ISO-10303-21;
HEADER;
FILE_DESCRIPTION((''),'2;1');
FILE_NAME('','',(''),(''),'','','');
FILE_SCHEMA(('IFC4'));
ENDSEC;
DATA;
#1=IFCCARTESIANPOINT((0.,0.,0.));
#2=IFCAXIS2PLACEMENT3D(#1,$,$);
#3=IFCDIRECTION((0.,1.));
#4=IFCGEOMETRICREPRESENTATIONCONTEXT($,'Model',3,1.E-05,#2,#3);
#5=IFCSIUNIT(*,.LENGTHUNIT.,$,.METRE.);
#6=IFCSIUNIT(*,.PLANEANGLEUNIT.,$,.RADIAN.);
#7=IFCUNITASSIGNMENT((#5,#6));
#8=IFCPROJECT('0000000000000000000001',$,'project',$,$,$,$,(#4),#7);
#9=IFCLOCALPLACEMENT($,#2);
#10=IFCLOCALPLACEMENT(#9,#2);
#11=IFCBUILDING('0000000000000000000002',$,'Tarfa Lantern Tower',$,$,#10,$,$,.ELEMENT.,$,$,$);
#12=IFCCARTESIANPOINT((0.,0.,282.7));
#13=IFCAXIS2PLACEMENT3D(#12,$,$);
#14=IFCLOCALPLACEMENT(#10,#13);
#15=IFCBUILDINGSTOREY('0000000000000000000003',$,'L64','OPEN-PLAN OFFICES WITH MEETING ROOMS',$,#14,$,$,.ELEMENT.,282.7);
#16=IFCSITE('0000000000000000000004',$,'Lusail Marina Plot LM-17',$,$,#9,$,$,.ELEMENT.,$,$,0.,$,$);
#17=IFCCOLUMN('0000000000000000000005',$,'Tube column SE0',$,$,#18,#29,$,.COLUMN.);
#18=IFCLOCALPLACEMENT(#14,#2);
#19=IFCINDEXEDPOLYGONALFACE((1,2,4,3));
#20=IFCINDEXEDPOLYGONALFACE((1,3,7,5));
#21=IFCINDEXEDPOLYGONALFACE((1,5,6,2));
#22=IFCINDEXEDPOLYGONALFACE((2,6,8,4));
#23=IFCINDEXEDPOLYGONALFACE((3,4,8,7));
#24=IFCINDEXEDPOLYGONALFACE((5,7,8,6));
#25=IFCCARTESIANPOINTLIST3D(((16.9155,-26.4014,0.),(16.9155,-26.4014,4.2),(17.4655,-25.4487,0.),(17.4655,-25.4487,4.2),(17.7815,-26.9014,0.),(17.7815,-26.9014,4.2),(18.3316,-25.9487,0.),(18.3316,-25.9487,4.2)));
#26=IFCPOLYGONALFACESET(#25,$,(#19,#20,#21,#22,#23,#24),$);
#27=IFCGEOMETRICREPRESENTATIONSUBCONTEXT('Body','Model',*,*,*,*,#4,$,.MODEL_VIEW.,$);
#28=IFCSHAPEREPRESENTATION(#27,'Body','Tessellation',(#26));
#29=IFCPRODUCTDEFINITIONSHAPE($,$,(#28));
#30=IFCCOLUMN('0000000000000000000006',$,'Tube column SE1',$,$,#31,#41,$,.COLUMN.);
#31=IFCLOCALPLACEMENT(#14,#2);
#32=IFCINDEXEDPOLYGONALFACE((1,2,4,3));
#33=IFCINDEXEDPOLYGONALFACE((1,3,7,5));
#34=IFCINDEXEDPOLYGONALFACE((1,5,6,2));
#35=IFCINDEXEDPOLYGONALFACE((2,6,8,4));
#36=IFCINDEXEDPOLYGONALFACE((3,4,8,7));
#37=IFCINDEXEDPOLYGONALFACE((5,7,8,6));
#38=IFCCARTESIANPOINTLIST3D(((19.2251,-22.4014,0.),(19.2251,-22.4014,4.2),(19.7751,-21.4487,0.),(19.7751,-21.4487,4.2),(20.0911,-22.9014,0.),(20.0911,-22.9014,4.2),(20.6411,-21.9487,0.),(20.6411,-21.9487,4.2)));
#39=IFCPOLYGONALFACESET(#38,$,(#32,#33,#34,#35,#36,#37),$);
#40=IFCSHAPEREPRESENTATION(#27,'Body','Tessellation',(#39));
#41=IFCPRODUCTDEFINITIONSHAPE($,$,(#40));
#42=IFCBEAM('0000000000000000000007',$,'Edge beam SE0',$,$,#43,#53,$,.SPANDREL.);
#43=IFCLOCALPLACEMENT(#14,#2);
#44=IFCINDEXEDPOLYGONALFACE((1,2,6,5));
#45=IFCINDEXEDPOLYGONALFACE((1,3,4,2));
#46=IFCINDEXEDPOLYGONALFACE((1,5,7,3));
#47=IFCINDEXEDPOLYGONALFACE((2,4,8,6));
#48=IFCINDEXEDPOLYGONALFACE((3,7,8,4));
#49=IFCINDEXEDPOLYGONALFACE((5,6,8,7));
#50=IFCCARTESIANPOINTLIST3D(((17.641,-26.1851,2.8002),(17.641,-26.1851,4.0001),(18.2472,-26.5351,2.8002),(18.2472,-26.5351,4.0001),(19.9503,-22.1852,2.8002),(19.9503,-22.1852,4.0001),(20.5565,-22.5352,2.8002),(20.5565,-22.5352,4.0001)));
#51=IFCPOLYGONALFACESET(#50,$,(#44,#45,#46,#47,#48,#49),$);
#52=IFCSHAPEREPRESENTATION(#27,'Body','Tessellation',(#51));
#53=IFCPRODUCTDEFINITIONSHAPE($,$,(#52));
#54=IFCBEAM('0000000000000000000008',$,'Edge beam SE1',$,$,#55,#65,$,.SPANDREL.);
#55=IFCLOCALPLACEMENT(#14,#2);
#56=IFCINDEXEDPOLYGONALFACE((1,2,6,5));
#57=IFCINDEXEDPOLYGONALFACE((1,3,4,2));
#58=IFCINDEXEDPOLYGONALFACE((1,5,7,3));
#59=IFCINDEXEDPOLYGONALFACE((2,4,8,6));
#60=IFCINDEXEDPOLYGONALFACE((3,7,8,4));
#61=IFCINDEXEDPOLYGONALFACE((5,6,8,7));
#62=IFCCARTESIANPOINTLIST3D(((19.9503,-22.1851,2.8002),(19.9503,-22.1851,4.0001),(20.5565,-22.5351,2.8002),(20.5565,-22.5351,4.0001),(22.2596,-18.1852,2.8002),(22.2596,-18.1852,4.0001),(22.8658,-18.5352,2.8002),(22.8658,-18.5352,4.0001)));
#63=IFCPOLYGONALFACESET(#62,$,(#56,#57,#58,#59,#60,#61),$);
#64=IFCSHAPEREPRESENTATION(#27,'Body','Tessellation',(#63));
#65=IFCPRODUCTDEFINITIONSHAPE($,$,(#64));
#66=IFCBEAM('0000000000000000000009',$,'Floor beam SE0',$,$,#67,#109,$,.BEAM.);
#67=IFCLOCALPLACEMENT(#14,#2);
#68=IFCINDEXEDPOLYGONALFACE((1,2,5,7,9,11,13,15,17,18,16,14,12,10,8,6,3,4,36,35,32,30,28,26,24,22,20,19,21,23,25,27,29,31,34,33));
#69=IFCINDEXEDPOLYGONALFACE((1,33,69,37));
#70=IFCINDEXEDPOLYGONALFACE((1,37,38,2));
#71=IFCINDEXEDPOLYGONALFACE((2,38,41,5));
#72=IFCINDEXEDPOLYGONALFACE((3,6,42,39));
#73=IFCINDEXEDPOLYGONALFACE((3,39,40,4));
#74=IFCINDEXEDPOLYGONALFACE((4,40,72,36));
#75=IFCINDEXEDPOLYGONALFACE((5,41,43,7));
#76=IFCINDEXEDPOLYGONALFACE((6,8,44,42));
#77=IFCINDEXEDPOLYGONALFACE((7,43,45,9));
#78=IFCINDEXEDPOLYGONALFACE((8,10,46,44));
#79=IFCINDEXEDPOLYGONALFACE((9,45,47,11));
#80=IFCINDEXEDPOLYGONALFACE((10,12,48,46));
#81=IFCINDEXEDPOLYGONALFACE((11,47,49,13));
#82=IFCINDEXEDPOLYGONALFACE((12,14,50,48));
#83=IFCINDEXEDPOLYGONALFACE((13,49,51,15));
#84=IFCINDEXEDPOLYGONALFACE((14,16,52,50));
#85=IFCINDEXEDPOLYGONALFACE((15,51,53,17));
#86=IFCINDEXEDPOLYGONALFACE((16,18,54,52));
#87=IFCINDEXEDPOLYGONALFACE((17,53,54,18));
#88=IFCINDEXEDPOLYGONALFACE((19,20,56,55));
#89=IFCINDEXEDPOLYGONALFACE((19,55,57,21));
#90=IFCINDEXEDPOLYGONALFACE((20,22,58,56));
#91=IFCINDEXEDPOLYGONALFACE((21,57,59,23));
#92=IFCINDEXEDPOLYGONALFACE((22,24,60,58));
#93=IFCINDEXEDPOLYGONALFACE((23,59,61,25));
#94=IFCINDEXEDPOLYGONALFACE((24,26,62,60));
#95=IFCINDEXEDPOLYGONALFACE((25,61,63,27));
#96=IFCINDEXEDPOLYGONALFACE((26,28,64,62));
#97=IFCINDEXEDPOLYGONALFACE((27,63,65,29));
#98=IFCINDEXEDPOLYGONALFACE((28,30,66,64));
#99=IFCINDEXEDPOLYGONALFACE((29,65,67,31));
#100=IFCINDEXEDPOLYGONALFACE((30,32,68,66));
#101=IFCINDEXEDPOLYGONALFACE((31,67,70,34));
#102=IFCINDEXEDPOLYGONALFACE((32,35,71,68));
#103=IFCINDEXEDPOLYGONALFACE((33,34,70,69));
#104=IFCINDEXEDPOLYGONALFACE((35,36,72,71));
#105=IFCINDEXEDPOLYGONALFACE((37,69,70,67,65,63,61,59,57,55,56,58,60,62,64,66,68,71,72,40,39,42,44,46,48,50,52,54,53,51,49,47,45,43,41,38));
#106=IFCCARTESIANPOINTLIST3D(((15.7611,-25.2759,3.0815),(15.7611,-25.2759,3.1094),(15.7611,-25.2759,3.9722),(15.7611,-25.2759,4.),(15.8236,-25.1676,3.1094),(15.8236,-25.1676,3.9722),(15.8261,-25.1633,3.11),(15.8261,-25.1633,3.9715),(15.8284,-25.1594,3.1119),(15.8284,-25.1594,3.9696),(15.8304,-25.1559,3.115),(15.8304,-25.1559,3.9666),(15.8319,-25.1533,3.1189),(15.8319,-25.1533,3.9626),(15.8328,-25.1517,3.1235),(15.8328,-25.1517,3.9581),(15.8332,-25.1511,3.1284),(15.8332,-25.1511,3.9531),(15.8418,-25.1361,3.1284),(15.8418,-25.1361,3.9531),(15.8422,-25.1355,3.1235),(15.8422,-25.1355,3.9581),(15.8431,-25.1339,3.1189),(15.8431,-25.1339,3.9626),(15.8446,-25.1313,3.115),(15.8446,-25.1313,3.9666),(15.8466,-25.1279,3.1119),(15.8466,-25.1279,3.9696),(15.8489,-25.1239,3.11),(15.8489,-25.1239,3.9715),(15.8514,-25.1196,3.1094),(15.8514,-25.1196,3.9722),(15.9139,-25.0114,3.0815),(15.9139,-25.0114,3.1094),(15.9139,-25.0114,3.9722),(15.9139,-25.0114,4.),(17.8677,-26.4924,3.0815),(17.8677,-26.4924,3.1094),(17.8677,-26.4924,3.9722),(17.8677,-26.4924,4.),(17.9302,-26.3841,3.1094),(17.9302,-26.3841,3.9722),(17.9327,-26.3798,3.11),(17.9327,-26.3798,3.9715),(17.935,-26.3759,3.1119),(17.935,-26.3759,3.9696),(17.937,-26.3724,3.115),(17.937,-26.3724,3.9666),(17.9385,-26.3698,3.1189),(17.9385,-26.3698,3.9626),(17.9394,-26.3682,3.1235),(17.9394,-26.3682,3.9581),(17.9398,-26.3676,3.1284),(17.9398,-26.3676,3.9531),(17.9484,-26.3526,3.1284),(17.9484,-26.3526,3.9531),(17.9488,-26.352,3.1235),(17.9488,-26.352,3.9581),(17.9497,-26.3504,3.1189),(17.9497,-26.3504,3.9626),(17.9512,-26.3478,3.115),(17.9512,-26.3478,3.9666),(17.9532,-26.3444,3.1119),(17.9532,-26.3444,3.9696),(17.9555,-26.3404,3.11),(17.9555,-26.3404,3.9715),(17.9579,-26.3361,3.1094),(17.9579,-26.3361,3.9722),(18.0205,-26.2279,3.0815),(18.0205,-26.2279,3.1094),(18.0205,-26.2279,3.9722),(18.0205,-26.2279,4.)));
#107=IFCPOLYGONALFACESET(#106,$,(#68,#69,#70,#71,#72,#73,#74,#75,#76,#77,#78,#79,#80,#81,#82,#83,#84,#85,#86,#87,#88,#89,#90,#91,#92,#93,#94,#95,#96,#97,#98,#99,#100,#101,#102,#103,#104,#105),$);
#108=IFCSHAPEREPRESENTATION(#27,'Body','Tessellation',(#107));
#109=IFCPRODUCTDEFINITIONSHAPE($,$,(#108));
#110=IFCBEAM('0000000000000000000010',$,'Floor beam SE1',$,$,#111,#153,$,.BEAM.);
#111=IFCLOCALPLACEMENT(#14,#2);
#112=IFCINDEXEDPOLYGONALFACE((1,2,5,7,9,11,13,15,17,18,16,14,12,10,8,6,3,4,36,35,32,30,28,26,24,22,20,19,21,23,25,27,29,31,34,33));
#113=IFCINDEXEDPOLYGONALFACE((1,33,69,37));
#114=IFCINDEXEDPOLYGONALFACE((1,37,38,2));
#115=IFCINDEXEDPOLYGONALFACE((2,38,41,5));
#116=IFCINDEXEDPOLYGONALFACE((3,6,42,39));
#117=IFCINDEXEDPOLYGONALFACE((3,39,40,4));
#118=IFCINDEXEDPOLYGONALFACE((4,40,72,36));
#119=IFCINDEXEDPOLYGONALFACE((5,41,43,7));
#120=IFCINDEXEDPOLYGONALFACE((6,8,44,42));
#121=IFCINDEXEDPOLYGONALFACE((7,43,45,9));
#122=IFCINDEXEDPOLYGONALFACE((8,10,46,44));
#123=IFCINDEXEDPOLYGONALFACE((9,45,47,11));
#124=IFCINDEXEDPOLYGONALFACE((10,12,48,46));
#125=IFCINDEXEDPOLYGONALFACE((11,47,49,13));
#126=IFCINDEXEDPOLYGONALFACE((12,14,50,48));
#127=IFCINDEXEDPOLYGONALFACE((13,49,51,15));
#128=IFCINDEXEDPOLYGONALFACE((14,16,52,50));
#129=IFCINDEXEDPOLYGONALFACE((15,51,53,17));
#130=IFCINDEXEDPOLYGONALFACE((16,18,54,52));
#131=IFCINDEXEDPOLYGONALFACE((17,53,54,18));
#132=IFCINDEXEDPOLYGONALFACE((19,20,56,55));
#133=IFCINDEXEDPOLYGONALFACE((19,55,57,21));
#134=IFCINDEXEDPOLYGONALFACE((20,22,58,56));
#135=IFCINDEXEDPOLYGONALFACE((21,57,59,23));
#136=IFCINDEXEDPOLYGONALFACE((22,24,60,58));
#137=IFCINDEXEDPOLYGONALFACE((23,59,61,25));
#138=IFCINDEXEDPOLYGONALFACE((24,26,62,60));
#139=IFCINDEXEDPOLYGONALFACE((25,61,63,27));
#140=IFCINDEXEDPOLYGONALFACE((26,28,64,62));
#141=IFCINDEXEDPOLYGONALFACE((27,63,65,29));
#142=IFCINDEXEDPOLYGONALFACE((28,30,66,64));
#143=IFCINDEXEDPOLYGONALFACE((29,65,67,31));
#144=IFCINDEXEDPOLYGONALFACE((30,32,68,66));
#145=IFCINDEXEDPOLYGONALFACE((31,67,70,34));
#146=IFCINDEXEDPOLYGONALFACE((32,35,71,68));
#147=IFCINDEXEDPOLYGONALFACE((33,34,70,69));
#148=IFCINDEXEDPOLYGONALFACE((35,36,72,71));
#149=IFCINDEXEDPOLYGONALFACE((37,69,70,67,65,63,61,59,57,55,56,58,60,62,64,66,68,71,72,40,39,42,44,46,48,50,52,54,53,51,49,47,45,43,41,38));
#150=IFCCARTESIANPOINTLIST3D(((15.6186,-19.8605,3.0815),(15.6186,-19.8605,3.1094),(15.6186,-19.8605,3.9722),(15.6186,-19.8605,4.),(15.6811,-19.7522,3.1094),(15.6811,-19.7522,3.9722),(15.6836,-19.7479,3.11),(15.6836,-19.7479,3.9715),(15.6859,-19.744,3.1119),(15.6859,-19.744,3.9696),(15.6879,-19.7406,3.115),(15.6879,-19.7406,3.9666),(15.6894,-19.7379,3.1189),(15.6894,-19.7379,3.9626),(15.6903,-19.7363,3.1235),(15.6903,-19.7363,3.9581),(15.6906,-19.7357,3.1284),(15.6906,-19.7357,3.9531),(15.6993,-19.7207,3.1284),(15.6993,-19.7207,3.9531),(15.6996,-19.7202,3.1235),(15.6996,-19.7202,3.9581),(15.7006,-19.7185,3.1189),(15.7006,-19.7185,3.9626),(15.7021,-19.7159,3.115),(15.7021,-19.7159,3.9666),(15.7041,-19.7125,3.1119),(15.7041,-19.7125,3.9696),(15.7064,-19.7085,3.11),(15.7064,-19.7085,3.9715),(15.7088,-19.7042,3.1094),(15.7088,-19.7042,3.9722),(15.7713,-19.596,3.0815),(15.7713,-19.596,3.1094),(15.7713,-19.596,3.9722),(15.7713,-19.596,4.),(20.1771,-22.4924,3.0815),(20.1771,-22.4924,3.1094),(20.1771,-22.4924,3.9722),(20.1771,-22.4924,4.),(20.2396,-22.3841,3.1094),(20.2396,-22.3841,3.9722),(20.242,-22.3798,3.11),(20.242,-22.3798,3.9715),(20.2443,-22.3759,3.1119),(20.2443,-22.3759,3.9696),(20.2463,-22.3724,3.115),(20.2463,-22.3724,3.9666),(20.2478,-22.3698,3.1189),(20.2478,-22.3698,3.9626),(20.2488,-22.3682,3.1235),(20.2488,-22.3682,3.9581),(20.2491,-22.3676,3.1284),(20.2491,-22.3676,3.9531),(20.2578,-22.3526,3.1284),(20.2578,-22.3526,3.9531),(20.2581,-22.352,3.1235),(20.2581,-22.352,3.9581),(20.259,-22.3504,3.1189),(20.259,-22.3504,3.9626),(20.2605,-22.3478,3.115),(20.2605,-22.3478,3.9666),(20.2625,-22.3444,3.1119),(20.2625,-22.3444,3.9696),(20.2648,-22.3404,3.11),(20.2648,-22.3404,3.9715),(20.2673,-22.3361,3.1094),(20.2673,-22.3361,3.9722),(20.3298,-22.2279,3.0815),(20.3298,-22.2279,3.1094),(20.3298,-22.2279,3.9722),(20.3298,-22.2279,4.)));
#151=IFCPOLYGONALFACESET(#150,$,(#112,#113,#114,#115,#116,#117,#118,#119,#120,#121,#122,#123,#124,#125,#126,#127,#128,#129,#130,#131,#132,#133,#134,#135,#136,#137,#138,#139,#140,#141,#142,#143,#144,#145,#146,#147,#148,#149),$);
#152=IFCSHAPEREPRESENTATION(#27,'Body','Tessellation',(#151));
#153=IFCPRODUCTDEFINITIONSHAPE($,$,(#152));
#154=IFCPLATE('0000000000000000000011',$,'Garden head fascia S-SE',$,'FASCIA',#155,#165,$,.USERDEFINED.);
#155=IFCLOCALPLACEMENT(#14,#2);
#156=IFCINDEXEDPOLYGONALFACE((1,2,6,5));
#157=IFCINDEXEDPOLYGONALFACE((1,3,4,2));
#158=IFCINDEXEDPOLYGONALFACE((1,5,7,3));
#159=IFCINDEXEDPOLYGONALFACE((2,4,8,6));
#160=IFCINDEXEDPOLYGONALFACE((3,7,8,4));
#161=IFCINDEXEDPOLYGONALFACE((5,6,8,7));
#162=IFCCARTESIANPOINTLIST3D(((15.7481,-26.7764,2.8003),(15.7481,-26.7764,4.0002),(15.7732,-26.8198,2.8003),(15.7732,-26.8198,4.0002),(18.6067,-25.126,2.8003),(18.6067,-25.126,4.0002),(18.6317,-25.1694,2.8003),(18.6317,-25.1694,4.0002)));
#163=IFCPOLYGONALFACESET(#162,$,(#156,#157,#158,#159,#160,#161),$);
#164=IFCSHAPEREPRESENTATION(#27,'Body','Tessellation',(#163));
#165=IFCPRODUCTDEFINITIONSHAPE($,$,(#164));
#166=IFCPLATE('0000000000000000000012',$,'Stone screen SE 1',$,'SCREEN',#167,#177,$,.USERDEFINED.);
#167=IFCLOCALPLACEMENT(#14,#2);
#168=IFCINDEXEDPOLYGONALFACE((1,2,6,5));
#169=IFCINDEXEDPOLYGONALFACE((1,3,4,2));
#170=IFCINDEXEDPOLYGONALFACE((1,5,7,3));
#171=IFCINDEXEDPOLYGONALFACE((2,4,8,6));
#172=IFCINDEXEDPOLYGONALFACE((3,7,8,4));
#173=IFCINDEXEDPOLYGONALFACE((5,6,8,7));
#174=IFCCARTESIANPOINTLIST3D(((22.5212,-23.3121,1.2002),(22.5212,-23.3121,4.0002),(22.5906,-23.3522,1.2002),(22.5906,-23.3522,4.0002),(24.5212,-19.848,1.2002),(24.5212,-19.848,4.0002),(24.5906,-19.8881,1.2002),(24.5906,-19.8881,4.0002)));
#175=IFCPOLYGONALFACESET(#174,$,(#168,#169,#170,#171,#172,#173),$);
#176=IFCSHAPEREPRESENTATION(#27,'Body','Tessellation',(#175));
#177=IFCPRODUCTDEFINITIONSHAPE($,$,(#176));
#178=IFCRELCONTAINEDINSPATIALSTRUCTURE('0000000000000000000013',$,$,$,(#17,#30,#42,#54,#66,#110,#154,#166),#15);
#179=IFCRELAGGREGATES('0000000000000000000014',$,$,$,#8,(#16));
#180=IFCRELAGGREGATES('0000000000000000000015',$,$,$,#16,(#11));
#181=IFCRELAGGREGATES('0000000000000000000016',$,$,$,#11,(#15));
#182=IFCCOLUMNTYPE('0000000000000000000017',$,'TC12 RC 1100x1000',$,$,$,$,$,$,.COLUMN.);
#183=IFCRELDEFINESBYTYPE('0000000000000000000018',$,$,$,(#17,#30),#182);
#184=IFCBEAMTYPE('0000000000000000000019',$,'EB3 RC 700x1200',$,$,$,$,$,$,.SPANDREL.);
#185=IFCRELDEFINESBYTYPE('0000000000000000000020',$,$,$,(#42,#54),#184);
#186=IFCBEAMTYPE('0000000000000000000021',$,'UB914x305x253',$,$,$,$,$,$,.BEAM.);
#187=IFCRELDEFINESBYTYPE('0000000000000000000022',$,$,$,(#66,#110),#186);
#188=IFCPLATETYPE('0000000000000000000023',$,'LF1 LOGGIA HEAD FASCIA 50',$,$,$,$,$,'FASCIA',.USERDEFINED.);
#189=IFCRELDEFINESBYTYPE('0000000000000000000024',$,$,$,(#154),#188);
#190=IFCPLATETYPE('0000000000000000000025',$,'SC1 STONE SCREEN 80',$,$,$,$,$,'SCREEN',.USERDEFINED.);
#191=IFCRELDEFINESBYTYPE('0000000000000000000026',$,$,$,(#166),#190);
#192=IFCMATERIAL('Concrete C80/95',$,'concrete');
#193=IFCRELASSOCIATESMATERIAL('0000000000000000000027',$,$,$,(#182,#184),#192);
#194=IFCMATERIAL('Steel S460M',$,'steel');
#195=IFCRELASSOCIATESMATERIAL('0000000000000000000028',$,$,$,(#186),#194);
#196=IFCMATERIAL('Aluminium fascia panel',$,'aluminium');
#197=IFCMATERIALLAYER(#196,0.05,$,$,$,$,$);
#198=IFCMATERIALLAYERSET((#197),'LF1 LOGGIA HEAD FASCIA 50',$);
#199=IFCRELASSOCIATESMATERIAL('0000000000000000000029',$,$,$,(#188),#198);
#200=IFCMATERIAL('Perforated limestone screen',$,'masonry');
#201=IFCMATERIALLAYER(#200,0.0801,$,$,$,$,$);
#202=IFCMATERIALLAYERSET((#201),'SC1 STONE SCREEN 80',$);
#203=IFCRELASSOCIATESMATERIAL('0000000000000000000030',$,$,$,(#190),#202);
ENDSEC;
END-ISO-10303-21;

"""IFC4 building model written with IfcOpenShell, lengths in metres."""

from ifc_helpers import new_model, si_unit, direction, frame, origin, origin_2d, place, context, subcontext, project, spatial, rectangle, i_section, extrude, material, layer, layer_set, material_profile, profile_set, type_object, element, save


model = new_model("IFC4")

# Units and contexts
model_context = context("Model", 3, precision=1e-05, world=origin(), true_north=direction((0.0, 1.0)))
body_context = subcontext(model_context, "Body", "Model", "MODEL_VIEW")
ifc_project = project(units=[si_unit("LENGTHUNIT", "METRE"), si_unit("PLANEANGLEUNIT", "RADIAN")], contexts=[model_context])

# Site, building, storey
site_placement = place(None, origin())
site = spatial("IfcSite", under=ifc_project, at=site_placement, Name="Lusail Marina Plot LM-17", CompositionType="ELEMENT", RefElevation=0.0)
building_placement = place(site_placement, origin())
building = spatial("IfcBuilding", under=site, at=building_placement, Name="Tarfa Lantern Tower", CompositionType="ELEMENT")
storey_placement = place(building_placement, frame((0.0, 0.0, 282.7)))
storey = spatial("IfcBuildingStorey", under=building, at=storey_placement, Name="L64", Description="OPEN-PLAN OFFICES WITH MEETING ROOMS", CompositionType="ELEMENT", Elevation=282.7)

# Columns
ifc_material_1 = material(Name="Concrete C80/95", Category="concrete")
ifc_material_profile_1 = material_profile(ifc_material_1, rectangle(XDim=1.1001, YDim=1.0, at=origin_2d()), Name="RC 1100x1000")
ifc_profile_set_1 = profile_set([ifc_material_profile_1], Name="Concrete C80/95")
column_type = type_object("IfcColumnType", Name="TC12 RC 1100x1000", PredefinedType="COLUMN", material=ifc_profile_set_1)
for number, where, z_axis, x_axis, name in (
    (1, (17.6235, -26.175, 0.0), (0.0, 0.0, 1.0), (0.5, 0.866025, 0.0), "Tube column SE0"),
    (2, (19.9331, -22.175, 0.0), (0.0, 0.0, 1.0), (0.5, 0.866025, 0.0), "Tube column SE1"),
):
    element("IfcColumn", number, at=place(storey_placement, frame(where, z_axis=z_axis, x_axis=x_axis)), inside=storey, type_object=column_type, Name=name, PredefinedType="COLUMN", context=body_context, shape_type="SweptSolid", body=[
        extrude(rectangle(XDim=1.1001, YDim=1.0, at=origin_2d()), origin(), (0.0, 0.0, 1.0), 4.2),
    ])

# Beams
ifc_material_profile_2 = material_profile(ifc_material_1, rectangle(XDim=0.7, YDim=1.2, at=origin_2d()), Name="RC 700x1200")
ifc_profile_set_2 = profile_set([ifc_material_profile_2], Name="Concrete C80/95")
beam_type_1 = type_object("IfcBeamType", Name="EB3 RC 700x1200", PredefinedType="SPANDREL", material=ifc_profile_set_2)
for number, where, z_axis, x_axis, name in (
    (3, (17.9441, -26.3601, 3.4001), (0.499988, 0.866032, 0.0), (-0.866032, 0.499988, 0.0), "Edge beam SE0"),
    (4, (20.2534, -22.3601, 3.4001), (0.499988, 0.866032, 0.0), (-0.866032, 0.499988, 0.0), "Edge beam SE1"),
):
    element("IfcBeam", number, at=place(storey_placement, frame(where, z_axis=z_axis, x_axis=x_axis)), inside=storey, type_object=beam_type_1, Name=name, PredefinedType="SPANDREL", context=body_context, shape_type="SweptSolid", body=[
        extrude(rectangle(XDim=0.7, YDim=1.2, at=origin_2d()), origin(), (0.0, 0.0, 1.0), 4.6187),
    ])
ifc_material_2 = material(Name="Steel S460M", Category="steel")
ifc_material_profile_3 = material_profile(ifc_material_2, i_section(OverallWidth=0.3054, OverallDepth=0.9185, WebThickness=0.0173, FlangeThickness=0.0278, FilletRadius=0.019, at=origin_2d()), Name="UB914x305x253")
ifc_profile_set_3 = profile_set([ifc_material_profile_3], Name="Steel S460M")
beam_type_2 = type_object("IfcBeamType", Name="UB914x305x253", PredefinedType="BEAM", material=ifc_profile_set_3)
beam_1_placement = place(storey_placement, frame((17.9441, -26.3601, 3.5408), z_axis=(-0.86598, 0.500079, 0.0), x_axis=(-0.500079, -0.86598, 0.0)))
element("IfcBeam", 5, at=beam_1_placement, inside=storey, type_object=beam_type_2, Name="Floor beam SE0", PredefinedType="BEAM", context=body_context, shape_type="SweptSolid", body=[
    extrude(i_section(OverallWidth=0.3054, OverallDepth=0.9185, WebThickness=0.0173, FlangeThickness=0.0278, FilletRadius=0.019, at=origin_2d()), origin(), (0.0, 0.0, 1.0), 2.4326),
])
beam_2_placement = place(storey_placement, frame((20.2534, -22.3601, 3.5408), z_axis=(-0.86602, 0.50001, 0.0), x_axis=(-0.50001, -0.86602, 0.0)))
element("IfcBeam", 6, at=beam_2_placement, inside=storey, type_object=beam_type_2, Name="Floor beam SE1", PredefinedType="BEAM", context=body_context, shape_type="SweptSolid", body=[
    extrude(i_section(OverallWidth=0.3054, OverallDepth=0.9185, WebThickness=0.0173, FlangeThickness=0.0278, FilletRadius=0.019, at=origin_2d()), origin(), (0.0, 0.0, 1.0), 5.2637),
])

# Plates
ifc_material_3 = material(Name="Aluminium fascia panel", Category="aluminium")
ifc_layer_1 = layer(ifc_material_3, 0.05)
ifc_layer_set_1 = layer_set([ifc_layer_1], Name="LF1 LOGGIA HEAD FASCIA 50")
plate_type_1 = type_object("IfcPlateType", Name="LF1 LOGGIA HEAD FASCIA 50", ElementType="FASCIA", PredefinedType="USERDEFINED", material=ifc_layer_set_1)
plate_1_placement = place(storey_placement, frame((17.1899, -25.9729, 2.8003), z_axis=(0.0, 0.0, 1.0), x_axis=(0.866025, 0.5, 0.0)))
element("IfcPlate", 7, at=plate_1_placement, inside=storey, type_object=plate_type_1, Name="Garden head fascia S-SE", ObjectType="FASCIA", PredefinedType="USERDEFINED", context=body_context, shape_type="SweptSolid", body=[
    extrude(rectangle(XDim=3.3008, YDim=0.05, at=origin_2d()), origin(), (0.0, 0.0, 1.0), 1.2),
])
ifc_material_4 = material(Name="Perforated limestone screen", Category="masonry")
ifc_layer_2 = layer(ifc_material_4, 0.0801)
ifc_layer_set_2 = layer_set([ifc_layer_2], Name="SC1 STONE SCREEN 80")
plate_type_2 = type_object("IfcPlateType", Name="SC1 STONE SCREEN 80", ElementType="SCREEN", PredefinedType="USERDEFINED", material=ifc_layer_set_2)
plate_2_placement = place(storey_placement, frame((23.5559, -21.6001, 1.2002), z_axis=(0.0, 0.0, 1.0), x_axis=(0.5, 0.866025, 0.0)))
element("IfcPlate", 8, at=plate_2_placement, inside=storey, type_object=plate_type_2, Name="Stone screen SE 1", ObjectType="SCREEN", PredefinedType="USERDEFINED", context=body_context, shape_type="SweptSolid", body=[
    extrude(rectangle(XDim=4.0, YDim=0.0801, at=origin_2d()), origin(), (0.0, 0.0, 1.0), 2.8),
])

save(model, "model.ifc")
